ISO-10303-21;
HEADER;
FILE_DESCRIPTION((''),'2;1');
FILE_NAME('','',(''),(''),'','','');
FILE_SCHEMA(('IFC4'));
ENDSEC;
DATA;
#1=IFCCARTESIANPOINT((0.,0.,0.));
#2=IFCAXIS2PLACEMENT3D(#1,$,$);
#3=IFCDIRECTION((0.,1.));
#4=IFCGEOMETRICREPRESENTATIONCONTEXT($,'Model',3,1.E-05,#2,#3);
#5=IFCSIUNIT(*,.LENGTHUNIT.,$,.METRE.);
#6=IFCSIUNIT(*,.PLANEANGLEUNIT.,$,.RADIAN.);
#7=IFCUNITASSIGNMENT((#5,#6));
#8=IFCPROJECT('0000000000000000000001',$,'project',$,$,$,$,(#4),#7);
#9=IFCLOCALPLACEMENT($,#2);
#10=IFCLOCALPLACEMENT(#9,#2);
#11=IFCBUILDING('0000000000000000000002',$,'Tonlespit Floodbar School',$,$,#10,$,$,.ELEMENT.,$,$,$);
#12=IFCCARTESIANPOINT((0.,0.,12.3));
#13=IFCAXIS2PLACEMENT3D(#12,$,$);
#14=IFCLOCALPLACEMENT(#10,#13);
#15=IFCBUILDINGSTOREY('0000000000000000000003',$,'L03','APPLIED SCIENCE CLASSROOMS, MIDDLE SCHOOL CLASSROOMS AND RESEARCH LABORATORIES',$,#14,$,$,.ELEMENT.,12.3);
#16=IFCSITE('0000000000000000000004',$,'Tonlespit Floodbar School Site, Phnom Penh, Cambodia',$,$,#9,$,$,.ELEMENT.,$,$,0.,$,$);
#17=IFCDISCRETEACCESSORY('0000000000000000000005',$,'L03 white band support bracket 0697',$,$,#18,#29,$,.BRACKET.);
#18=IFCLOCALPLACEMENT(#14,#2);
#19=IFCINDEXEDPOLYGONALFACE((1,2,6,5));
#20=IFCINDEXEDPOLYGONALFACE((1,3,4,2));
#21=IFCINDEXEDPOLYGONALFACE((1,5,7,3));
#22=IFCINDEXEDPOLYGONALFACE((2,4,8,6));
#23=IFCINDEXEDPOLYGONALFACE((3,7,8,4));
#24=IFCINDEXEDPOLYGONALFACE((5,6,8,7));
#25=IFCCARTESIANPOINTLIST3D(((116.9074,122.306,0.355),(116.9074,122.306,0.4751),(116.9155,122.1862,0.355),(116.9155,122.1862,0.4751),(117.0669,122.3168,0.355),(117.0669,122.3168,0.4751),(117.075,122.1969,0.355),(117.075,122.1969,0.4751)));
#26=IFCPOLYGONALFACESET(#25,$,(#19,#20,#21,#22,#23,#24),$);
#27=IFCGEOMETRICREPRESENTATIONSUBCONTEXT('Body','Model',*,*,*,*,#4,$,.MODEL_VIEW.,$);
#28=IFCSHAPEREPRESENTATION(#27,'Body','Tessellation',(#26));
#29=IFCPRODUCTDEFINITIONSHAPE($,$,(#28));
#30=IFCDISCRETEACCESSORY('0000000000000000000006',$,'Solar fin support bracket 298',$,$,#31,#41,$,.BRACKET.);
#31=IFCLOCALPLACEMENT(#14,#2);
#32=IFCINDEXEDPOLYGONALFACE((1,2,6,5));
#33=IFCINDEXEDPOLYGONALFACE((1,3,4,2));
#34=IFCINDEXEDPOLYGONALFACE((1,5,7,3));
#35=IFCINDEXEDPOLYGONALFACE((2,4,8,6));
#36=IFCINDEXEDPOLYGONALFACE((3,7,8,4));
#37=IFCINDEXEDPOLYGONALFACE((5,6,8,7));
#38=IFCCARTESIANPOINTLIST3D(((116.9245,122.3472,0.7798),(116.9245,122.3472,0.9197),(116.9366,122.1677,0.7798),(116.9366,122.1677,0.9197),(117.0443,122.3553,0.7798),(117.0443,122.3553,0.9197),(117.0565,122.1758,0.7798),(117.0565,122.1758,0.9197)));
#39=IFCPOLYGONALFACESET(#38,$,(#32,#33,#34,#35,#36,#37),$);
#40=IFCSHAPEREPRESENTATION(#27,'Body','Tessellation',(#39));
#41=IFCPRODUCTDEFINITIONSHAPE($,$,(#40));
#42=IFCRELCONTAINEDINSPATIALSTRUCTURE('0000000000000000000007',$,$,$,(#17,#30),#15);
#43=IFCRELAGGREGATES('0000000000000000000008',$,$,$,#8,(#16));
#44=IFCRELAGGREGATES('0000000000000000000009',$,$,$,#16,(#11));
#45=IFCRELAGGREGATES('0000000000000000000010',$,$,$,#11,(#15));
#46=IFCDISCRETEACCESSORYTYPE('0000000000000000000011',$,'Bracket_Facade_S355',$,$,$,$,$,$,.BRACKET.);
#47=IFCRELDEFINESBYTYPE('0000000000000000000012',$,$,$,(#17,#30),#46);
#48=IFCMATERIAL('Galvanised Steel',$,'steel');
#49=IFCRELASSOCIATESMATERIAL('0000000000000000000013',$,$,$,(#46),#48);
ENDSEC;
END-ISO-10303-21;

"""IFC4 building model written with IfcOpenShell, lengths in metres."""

from ifc_helpers import new_model, si_unit, direction, frame, origin, origin_2d, place, context, subcontext, project, spatial, rectangle, extrude, material, type_object, element, save


model = new_model("IFC4")

# Units and contexts
model_context = context("Model", 3, precision=1e-05, world=origin(), true_north=direction((0.0, 1.0)))
body_context = subcontext(model_context, "Body", "Model", "MODEL_VIEW")
ifc_project = project(units=[si_unit("LENGTHUNIT", "METRE"), si_unit("PLANEANGLEUNIT", "RADIAN")], contexts=[model_context])

# Site, building, storey
site_placement = place(None, origin())
site = spatial("IfcSite", under=ifc_project, at=site_placement, Name="Tonlespit Floodbar School Site, Phnom Penh, Cambodia", CompositionType="ELEMENT", RefElevation=0.0)
building_placement = place(site_placement, origin())
building = spatial("IfcBuilding", under=site, at=building_placement, Name="Tonlespit Floodbar School", CompositionType="ELEMENT")
storey_placement = place(building_placement, frame((0.0, 0.0, 12.3)))
storey = spatial("IfcBuildingStorey", under=building, at=storey_placement, Name="L03", Description="APPLIED SCIENCE CLASSROOMS, MIDDLE SCHOOL CLASSROOMS AND RESEARCH LABORATORIES", CompositionType="ELEMENT", Elevation=12.3)

# Discrete accessories
ifc_material_1 = material(Name="Galvanised Steel", Category="steel")
discrete_accessory_type = type_object("IfcDiscreteAccessoryType", Name="Bracket_Facade_S355", PredefinedType="BRACKET", material=ifc_material_1)
for number, where, z_axis, x_axis, name in (
    (1, (116.9912, 122.2515, 0.355), (0.0, 0.0, 1.0), (0.99773, 0.067347, 0.0), "L03 white band support bracket 0697"),
):
    element("IfcDiscreteAccessory", number, at=place(storey_placement, frame(where, z_axis=z_axis, x_axis=x_axis)), inside=storey, type_object=discrete_accessory_type, Name=name, PredefinedType="BRACKET", context=body_context, shape_type="SweptSolid", body=[
        extrude(rectangle(XDim=0.1599, YDim=0.1201, at=origin_2d()), origin(), (0.0, 0.0, 1.0), 0.1201),
    ])
discrete_accessory_placement = place(storey_placement, frame((116.9905, 122.2615, 0.7798), z_axis=(0.0, 0.0, 1.0), x_axis=(0.99773, 0.067347, 0.0)))
element("IfcDiscreteAccessory", 2, at=discrete_accessory_placement, inside=storey, type_object=discrete_accessory_type, Name="Solar fin support bracket 298", PredefinedType="BRACKET", context=body_context, shape_type="SweptSolid", body=[
    extrude(rectangle(XDim=0.1201, YDim=0.1799, at=origin_2d()), origin(), (0.0, 0.0, 1.0), 0.1399),
])

save(model, "model.ifc")
